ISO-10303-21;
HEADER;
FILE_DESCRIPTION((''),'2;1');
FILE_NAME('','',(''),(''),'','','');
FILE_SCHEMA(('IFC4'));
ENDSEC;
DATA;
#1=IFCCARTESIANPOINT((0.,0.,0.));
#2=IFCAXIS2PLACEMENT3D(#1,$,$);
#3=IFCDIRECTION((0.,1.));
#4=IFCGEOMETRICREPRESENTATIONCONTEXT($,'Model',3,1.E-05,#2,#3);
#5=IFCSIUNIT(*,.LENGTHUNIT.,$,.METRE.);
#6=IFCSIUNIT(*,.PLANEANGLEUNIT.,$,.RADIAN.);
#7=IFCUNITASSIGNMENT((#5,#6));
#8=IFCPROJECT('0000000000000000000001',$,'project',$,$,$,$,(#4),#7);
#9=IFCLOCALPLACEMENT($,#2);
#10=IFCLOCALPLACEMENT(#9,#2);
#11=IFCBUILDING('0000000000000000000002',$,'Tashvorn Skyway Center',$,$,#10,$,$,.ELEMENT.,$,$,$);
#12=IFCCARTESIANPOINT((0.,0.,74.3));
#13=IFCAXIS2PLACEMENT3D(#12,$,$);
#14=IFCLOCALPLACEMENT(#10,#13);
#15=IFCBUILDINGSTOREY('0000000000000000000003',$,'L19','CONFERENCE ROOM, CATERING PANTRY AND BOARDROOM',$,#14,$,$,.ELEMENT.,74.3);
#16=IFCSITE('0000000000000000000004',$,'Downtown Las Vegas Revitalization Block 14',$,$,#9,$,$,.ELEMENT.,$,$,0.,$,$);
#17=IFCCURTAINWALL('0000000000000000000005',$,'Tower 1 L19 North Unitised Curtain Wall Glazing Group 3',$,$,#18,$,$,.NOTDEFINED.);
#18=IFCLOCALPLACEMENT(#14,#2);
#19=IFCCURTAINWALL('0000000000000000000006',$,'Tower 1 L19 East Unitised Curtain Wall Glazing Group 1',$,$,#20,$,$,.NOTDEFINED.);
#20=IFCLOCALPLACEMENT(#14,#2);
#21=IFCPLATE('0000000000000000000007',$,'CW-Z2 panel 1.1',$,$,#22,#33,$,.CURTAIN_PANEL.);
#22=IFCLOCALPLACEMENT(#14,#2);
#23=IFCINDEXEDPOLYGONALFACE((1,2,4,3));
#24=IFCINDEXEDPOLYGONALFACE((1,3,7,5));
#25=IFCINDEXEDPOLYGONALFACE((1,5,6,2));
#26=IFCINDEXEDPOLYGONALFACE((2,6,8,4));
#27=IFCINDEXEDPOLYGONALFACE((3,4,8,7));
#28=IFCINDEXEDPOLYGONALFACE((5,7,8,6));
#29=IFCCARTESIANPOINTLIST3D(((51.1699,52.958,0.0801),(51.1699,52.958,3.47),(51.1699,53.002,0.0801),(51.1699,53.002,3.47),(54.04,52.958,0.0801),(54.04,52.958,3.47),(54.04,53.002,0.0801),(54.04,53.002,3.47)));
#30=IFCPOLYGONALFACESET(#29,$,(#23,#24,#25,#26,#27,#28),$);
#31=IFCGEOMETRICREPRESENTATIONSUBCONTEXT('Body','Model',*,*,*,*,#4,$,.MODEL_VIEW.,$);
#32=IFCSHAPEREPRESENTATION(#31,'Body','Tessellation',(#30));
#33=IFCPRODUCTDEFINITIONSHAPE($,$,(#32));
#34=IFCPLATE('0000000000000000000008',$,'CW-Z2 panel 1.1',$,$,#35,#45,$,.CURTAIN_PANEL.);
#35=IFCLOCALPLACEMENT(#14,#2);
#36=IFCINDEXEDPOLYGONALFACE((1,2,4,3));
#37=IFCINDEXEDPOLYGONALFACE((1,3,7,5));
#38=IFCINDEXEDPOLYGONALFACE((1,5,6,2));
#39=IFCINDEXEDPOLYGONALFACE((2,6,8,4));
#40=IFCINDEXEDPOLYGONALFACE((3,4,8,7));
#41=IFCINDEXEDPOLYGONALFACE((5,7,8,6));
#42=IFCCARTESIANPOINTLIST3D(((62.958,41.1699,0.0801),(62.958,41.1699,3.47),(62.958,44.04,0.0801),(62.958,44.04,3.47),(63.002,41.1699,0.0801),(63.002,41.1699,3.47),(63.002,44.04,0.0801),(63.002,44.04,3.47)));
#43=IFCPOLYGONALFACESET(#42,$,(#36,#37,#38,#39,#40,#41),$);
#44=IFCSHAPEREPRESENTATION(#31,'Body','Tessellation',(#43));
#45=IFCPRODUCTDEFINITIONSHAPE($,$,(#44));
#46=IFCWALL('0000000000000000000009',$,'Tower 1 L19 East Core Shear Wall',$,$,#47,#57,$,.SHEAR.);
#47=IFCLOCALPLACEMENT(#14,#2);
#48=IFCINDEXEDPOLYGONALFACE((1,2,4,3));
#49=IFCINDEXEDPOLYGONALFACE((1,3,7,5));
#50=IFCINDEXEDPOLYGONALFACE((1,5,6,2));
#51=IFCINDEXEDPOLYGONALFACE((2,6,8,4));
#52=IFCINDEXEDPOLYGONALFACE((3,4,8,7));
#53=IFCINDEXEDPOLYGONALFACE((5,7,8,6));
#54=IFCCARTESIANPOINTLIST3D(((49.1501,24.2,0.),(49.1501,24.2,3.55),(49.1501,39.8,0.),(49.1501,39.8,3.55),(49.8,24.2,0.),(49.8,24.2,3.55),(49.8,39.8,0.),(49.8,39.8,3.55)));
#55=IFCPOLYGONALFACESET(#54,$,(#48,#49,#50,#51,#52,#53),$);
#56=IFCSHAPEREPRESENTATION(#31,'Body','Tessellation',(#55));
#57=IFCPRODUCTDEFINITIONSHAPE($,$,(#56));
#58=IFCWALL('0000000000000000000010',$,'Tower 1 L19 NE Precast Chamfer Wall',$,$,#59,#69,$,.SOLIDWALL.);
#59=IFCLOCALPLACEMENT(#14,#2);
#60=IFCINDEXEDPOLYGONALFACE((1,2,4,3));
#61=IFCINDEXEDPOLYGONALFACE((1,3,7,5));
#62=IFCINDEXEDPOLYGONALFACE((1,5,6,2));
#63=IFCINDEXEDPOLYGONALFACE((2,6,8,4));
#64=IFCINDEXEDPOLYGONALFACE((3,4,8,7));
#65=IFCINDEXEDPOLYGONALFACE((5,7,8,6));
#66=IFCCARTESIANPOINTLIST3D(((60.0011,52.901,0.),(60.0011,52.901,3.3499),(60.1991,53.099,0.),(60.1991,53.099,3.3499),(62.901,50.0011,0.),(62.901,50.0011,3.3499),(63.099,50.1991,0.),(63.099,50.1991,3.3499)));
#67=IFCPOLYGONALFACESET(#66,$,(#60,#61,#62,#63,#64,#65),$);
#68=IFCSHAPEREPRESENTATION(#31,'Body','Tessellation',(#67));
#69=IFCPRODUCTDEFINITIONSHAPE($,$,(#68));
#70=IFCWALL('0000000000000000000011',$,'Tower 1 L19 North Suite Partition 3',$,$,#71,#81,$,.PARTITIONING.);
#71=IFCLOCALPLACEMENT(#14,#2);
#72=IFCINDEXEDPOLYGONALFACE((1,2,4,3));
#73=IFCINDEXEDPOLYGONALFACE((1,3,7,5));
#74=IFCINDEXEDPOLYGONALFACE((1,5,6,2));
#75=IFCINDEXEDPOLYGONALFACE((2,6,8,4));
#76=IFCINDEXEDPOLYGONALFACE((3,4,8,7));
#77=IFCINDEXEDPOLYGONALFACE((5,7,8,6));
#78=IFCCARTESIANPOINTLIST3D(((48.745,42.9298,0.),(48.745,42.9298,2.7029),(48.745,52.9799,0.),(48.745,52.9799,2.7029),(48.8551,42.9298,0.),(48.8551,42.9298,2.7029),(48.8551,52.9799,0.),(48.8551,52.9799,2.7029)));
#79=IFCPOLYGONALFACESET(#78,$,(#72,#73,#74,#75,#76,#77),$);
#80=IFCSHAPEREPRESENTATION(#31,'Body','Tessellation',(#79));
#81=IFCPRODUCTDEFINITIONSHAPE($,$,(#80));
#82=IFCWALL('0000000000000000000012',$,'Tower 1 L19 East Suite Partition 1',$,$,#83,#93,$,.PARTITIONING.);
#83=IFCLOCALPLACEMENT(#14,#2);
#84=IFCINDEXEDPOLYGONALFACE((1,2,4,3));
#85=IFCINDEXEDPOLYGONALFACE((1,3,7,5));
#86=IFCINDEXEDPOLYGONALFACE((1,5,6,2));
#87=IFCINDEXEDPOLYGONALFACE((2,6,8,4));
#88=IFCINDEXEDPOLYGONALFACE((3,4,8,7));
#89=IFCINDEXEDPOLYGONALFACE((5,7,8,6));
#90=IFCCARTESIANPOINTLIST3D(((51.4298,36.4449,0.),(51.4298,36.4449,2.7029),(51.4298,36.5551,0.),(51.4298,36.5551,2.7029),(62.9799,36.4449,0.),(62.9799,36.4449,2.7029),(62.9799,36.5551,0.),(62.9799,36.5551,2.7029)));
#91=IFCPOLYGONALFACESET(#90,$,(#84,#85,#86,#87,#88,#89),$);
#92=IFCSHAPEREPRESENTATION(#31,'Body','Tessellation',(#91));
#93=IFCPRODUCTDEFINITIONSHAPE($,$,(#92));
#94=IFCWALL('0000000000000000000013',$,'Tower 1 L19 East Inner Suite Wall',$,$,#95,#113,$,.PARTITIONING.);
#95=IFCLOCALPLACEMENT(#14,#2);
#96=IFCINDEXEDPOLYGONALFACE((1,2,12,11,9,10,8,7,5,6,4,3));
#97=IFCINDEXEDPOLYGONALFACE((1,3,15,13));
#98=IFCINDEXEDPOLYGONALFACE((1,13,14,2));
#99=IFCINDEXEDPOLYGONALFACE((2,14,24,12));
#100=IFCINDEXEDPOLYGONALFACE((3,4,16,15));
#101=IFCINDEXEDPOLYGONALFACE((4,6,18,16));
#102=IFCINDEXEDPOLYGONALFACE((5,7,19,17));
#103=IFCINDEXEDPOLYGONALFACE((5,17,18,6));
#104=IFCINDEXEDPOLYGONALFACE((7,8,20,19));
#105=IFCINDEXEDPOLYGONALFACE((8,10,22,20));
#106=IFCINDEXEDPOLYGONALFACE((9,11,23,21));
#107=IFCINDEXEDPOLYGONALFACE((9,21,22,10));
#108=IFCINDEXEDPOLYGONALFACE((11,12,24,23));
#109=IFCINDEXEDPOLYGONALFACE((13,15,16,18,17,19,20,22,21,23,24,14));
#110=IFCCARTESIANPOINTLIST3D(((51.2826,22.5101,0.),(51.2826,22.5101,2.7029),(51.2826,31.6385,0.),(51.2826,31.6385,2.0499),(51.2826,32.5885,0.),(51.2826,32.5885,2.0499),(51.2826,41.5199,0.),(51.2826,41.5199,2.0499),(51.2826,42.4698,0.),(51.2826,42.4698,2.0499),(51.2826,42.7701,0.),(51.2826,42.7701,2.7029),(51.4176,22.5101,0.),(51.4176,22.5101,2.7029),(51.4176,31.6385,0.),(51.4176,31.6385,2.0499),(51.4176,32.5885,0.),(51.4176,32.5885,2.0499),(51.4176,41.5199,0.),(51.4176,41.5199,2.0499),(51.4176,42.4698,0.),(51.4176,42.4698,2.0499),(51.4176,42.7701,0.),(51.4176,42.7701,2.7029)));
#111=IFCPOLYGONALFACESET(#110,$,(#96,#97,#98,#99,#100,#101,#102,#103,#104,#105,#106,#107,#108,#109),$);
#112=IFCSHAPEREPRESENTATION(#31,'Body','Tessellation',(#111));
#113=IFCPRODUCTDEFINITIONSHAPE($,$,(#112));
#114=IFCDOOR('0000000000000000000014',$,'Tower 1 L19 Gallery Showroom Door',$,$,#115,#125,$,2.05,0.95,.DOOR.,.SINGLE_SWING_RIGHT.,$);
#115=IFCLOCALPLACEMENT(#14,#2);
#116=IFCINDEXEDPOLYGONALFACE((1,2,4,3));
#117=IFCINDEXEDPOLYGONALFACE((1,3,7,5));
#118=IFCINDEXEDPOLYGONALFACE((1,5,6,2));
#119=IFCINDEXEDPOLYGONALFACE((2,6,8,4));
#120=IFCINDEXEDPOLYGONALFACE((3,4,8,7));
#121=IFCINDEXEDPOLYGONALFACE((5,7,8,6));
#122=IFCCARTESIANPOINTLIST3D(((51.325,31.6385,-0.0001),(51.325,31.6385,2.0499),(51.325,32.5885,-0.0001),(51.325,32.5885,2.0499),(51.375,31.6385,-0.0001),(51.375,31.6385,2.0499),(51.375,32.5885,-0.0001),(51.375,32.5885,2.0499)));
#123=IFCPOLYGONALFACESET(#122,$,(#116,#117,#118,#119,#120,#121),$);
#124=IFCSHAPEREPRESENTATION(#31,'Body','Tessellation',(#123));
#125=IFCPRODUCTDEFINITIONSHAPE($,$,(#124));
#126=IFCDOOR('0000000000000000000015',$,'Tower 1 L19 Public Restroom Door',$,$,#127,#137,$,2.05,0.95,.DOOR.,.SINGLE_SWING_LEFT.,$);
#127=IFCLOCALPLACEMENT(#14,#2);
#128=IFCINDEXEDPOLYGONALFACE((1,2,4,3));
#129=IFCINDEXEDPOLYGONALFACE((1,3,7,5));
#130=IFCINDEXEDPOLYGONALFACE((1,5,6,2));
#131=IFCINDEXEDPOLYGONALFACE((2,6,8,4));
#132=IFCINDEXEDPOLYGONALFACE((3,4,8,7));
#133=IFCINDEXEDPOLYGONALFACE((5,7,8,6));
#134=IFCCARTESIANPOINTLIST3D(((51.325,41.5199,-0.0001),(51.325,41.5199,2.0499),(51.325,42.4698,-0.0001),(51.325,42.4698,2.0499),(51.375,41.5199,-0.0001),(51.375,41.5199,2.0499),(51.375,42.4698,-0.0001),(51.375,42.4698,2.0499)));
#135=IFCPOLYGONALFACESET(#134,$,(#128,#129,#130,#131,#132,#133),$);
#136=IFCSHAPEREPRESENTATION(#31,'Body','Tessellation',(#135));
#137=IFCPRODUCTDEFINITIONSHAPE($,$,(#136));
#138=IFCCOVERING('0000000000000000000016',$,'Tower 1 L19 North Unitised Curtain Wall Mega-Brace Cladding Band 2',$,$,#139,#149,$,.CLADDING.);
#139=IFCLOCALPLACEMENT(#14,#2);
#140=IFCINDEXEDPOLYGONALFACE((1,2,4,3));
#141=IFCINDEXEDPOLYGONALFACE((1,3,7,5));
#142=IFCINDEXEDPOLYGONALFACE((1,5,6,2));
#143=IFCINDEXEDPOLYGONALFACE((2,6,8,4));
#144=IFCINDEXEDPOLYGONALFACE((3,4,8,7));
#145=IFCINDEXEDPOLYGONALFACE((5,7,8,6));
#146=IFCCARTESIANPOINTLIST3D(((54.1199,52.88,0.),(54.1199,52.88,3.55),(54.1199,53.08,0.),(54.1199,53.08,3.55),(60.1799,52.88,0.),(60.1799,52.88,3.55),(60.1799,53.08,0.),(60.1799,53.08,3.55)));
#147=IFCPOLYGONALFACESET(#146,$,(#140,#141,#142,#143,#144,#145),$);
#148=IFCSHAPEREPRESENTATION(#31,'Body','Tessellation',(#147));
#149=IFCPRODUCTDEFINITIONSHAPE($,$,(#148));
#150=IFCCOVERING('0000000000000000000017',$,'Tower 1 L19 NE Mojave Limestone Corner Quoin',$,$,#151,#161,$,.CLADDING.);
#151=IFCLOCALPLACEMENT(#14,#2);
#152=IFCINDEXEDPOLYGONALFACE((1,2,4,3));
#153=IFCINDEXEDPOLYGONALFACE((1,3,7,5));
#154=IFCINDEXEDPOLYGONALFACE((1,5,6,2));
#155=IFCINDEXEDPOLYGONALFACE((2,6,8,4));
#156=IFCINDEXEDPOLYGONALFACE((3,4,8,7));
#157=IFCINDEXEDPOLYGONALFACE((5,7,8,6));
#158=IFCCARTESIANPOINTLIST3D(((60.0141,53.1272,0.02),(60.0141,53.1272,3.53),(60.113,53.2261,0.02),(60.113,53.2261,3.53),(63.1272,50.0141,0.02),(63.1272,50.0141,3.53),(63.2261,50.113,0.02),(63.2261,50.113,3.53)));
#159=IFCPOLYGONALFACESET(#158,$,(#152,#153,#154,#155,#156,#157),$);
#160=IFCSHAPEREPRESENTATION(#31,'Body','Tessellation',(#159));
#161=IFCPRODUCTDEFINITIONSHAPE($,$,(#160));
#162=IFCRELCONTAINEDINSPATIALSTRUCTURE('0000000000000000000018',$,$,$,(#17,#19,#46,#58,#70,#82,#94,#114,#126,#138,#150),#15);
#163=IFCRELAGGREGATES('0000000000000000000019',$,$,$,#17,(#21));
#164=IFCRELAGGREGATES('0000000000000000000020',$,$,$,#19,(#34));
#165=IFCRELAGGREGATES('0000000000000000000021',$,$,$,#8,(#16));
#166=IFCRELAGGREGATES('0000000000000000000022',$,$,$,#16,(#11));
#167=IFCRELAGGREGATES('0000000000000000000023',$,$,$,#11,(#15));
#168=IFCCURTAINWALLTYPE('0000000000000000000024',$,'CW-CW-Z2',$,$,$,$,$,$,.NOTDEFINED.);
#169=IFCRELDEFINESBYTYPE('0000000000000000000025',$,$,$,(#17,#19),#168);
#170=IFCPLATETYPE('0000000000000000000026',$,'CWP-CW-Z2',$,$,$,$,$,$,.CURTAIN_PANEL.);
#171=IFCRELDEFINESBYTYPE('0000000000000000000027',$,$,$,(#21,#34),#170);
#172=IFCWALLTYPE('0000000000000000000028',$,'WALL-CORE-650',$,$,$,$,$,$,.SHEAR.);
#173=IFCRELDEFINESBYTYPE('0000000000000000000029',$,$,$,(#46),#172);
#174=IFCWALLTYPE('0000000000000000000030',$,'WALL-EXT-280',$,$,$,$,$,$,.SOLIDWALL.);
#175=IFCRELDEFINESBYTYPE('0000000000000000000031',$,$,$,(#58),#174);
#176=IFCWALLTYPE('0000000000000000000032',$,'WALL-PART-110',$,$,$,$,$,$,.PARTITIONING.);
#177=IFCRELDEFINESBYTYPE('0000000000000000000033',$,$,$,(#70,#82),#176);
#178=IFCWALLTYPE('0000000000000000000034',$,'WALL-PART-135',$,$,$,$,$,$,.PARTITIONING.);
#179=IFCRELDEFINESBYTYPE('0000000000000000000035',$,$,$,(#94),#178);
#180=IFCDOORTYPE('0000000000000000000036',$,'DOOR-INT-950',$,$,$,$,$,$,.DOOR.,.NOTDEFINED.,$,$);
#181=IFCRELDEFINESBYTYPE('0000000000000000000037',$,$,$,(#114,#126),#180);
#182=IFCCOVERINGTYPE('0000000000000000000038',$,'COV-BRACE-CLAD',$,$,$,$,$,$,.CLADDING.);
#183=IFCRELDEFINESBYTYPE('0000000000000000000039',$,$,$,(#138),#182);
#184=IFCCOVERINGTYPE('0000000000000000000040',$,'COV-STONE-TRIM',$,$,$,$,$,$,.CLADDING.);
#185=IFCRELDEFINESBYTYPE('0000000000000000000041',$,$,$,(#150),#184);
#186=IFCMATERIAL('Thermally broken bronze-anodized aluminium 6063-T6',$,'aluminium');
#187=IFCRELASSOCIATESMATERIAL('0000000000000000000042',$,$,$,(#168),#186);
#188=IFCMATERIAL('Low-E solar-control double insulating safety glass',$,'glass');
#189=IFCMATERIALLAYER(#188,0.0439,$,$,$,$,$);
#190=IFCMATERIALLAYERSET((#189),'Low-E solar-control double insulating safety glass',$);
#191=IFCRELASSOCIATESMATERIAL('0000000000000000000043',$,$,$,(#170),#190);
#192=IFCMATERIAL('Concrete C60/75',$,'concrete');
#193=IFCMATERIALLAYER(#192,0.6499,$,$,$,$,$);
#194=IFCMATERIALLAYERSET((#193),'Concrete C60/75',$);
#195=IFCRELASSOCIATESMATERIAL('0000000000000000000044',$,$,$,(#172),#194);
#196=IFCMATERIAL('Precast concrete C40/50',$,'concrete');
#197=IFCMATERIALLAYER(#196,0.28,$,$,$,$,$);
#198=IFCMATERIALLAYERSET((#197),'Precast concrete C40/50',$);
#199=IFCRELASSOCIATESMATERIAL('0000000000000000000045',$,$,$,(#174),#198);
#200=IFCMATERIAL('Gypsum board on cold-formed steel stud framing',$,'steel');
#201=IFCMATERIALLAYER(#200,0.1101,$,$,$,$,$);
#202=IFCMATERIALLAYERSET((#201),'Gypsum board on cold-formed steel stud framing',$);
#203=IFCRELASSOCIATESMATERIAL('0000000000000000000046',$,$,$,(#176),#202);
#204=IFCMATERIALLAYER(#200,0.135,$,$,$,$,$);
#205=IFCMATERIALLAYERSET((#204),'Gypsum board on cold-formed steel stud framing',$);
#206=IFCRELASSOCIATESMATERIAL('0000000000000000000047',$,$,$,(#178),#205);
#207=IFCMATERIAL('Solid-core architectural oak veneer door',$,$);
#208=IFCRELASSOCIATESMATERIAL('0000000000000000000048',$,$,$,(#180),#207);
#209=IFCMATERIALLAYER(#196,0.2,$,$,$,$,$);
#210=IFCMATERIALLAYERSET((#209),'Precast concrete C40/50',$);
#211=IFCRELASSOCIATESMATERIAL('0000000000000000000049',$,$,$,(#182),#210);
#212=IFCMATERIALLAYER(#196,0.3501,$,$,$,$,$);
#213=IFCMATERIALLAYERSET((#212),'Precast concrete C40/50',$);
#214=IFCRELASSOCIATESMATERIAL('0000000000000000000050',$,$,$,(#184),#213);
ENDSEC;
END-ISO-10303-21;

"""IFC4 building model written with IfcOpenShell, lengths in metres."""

from ifc_helpers import new_model, si_unit, direction, frame, frame_2d, origin, origin_2d, place, context, subcontext, project, spatial, rectangle, extrude, material, layer, layer_set, type_object, element, fill, aggregate, save


model = new_model("IFC4")

# Units and contexts
model_context = context("Model", 3, precision=1e-05, world=origin(), true_north=direction((0.0, 1.0)))
body_context = subcontext(model_context, "Body", "Model", "MODEL_VIEW")
ifc_project = project(units=[si_unit("LENGTHUNIT", "METRE"), si_unit("PLANEANGLEUNIT", "RADIAN")], contexts=[model_context])

# Site, building, storey
site_placement = place(None, origin())
site = spatial("IfcSite", under=ifc_project, at=site_placement, Name="Downtown Las Vegas Revitalization Block 14", CompositionType="ELEMENT", RefElevation=0.0)
building_placement = place(site_placement, origin())
building = spatial("IfcBuilding", under=site, at=building_placement, Name="Tashvorn Skyway Center", CompositionType="ELEMENT")
storey_placement = place(building_placement, frame((0.0, 0.0, 74.3)))
storey = spatial("IfcBuildingStorey", under=building, at=storey_placement, Name="L19", Description="CONFERENCE ROOM, CATERING PANTRY AND BOARDROOM", CompositionType="ELEMENT", Elevation=74.3)

# Shared definitions
ifc_material_1 = material(Name="Thermally broken bronze-anodized aluminium 6063-T6", Category="aluminium")
curtain_wall_type = type_object("IfcCurtainWallType", Name="CW-CW-Z2", PredefinedType="NOTDEFINED", material=ifc_material_1)

# Curtain walls
curtain_wall_1_placement = place(storey_placement, origin())
curtain_wall_1 = element("IfcCurtainWall", 1, at=curtain_wall_1_placement, inside=storey, type_object=curtain_wall_type, Name="Tower 1 L19 North Unitised Curtain Wall Glazing Group 3", PredefinedType="NOTDEFINED")
curtain_wall_2_placement = place(storey_placement, origin())
curtain_wall_2 = element("IfcCurtainWall", 2, at=curtain_wall_2_placement, inside=storey, type_object=curtain_wall_type, Name="Tower 1 L19 East Unitised Curtain Wall Glazing Group 1", PredefinedType="NOTDEFINED")

# Plates
ifc_material_2 = material(Name="Low-E solar-control double insulating safety glass", Category="glass")
ifc_layer_1 = layer(ifc_material_2, 0.0439)
ifc_layer_set_1 = layer_set([ifc_layer_1], Name="Low-E solar-control double insulating safety glass")
plate_type = type_object("IfcPlateType", Name="CWP-CW-Z2", PredefinedType="CURTAIN_PANEL", material=ifc_layer_set_1)
plate_1_placement = place(storey_placement, frame((52.605, 52.98, 0.0801), z_axis=(0.0, 0.0, 1.0), x_axis=(1.0, 0.0, 0.0)))
plate_1 = element("IfcPlate", 3, at=plate_1_placement, type_object=plate_type, Name="CW-Z2 panel 1.1", PredefinedType="CURTAIN_PANEL", context=body_context, shape_type="SweptSolid", body=[
    extrude(rectangle(XDim=2.8701, YDim=0.0439, at=origin_2d()), origin(), (0.0, 0.0, 1.0), 3.3899),
])
aggregate(curtain_wall_1, [plate_1])
plate_2_placement = place(storey_placement, frame((62.98, 42.605, 0.0801), z_axis=(0.0, 0.0, 1.0), x_axis=(0.0, -1.0, 0.0)))
plate_2 = element("IfcPlate", 4, at=plate_2_placement, type_object=plate_type, Name="CW-Z2 panel 1.1", PredefinedType="CURTAIN_PANEL", context=body_context, shape_type="SweptSolid", body=[
    extrude(rectangle(XDim=2.8701, YDim=0.0439, at=origin_2d()), origin(), (0.0, 0.0, 1.0), 3.3899),
])
aggregate(curtain_wall_2, [plate_2])

# Walls
ifc_material_3 = material(Name="Concrete C60/75", Category="concrete")
ifc_layer_2 = layer(ifc_material_3, 0.6499)
ifc_layer_set_2 = layer_set([ifc_layer_2], Name="Concrete C60/75")
wall_type_1 = type_object("IfcWallType", Name="WALL-CORE-650", PredefinedType="SHEAR", material=ifc_layer_set_2)
wall_1_placement = place(storey_placement, frame((49.4751, 39.8, 0.0), z_axis=(0.0, 0.0, 1.0), x_axis=(0.0, -1.0, 0.0)))
element("IfcWall", 5, at=wall_1_placement, inside=storey, type_object=wall_type_1, Name="Tower 1 L19 East Core Shear Wall", PredefinedType="SHEAR", context=body_context, shape_type="SweptSolid", body=[
    extrude(rectangle(XDim=15.6001, YDim=0.6499, at=frame_2d((7.8, 0.0))), origin(), (0.0, 0.0, 1.0), 3.55),
])
ifc_material_4 = material(Name="Precast concrete C40/50", Category="concrete")
ifc_layer_3 = layer(ifc_material_4, 0.28)
ifc_layer_set_3 = layer_set([ifc_layer_3], Name="Precast concrete C40/50")
wall_type_2 = type_object("IfcWallType", Name="WALL-EXT-280", PredefinedType="SOLIDWALL", material=ifc_layer_set_3)
wall_2_placement = place(storey_placement, frame((60.1001, 53.0, 0.0), z_axis=(0.0, 0.0, 1.0), x_axis=(0.707107, -0.707107, 0.0)))
element("IfcWall", 6, at=wall_2_placement, inside=storey, type_object=wall_type_2, Name="Tower 1 L19 NE Precast Chamfer Wall", PredefinedType="SOLIDWALL", context=body_context, shape_type="SweptSolid", body=[
    extrude(rectangle(XDim=4.1011, YDim=0.28, at=frame_2d((2.0505, 0.0))), origin(), (0.0, 0.0, 1.0), 3.3499),
])
ifc_material_5 = material(Name="Gypsum board on cold-formed steel stud framing", Category="steel")
ifc_layer_4 = layer(ifc_material_5, 0.1101)
ifc_layer_set_4 = layer_set([ifc_layer_4], Name="Gypsum board on cold-formed steel stud framing")
wall_type_3 = type_object("IfcWallType", Name="WALL-PART-110", PredefinedType="PARTITIONING", material=ifc_layer_set_4)
wall_3_placement = place(storey_placement, frame((48.8, 42.9299, 0.0), z_axis=(0.0, 0.0, 1.0), x_axis=(0.0, 1.0, 0.0)))
element("IfcWall", 7, at=wall_3_placement, inside=storey, type_object=wall_type_3, Name="Tower 1 L19 North Suite Partition 3", PredefinedType="PARTITIONING", context=body_context, shape_type="SweptSolid", body=[
    extrude(rectangle(XDim=10.05, YDim=0.1101, at=frame_2d((5.0249, 0.0))), origin(), (0.0, 0.0, 1.0), 2.7029),
])
wall_4_placement = place(storey_placement, frame((51.4299, 36.5, 0.0), z_axis=(0.0, 0.0, 1.0), x_axis=(1.0, 0.0, 0.0)))
element("IfcWall", 8, at=wall_4_placement, inside=storey, type_object=wall_type_3, Name="Tower 1 L19 East Suite Partition 1", PredefinedType="PARTITIONING", context=body_context, shape_type="SweptSolid", body=[
    extrude(rectangle(XDim=11.55, YDim=0.1101, at=frame_2d((5.7749, 0.0))), origin(), (0.0, 0.0, 1.0), 2.7029),
])

# Wall, openings, doors
ifc_layer_5 = layer(ifc_material_5, 0.135)
ifc_layer_set_5 = layer_set([ifc_layer_5], Name="Gypsum board on cold-formed steel stud framing")
wall_type_4 = type_object("IfcWallType", Name="WALL-PART-135", PredefinedType="PARTITIONING", material=ifc_layer_set_5)
wall_5_placement = place(storey_placement, frame((51.3501, 42.77, 0.0), z_axis=(0.0, 0.0, 1.0), x_axis=(0.0, -1.0, 0.0)))
wall_5 = element("IfcWall", 9, at=wall_5_placement, inside=storey, type_object=wall_type_4, Name="Tower 1 L19 East Inner Suite Wall", PredefinedType="PARTITIONING", context=body_context, shape_type="SweptSolid", body=[
    extrude(rectangle(XDim=20.26, YDim=0.135, at=frame_2d((10.1299, 0.0))), origin(), (0.0, 0.0, 1.0), 2.7029),
])
opening_1_placement = place(wall_5_placement, frame((10.1814, 0.0, 0.0)))
opening_1 = element("IfcOpeningElement", 10, at=opening_1_placement, cuts=wall_5, PredefinedType="OPENING", context=body_context, shape_type="SweptSolid", body=[
    extrude(rectangle(XDim=0.95, YDim=2.05, at=frame_2d((0.4751, 1.0249))), frame((0.0, 0.0774, 0.0), z_axis=(0.0, -1.0, 0.0), x_axis=(1.0, 0.0, 0.0)), (0.0, 0.0, 1.0), 0.155),
])
opening_2_placement = place(wall_5_placement, frame((0.3, 0.0, 0.0)))
opening_2 = element("IfcOpeningElement", 11, at=opening_2_placement, cuts=wall_5, PredefinedType="OPENING", context=body_context, shape_type="SweptSolid", body=[
    extrude(rectangle(XDim=0.95, YDim=2.05, at=frame_2d((0.4751, 1.0249))), frame((0.0, 0.0774, 0.0), z_axis=(0.0, -1.0, 0.0), x_axis=(1.0, 0.0, 0.0)), (0.0, 0.0, 1.0), 0.155),
])
ifc_material_6 = material(Name="Solid-core architectural oak veneer door")
door_type = type_object("IfcDoorType", Name="DOOR-INT-950", OperationType="NOTDEFINED", PredefinedType="DOOR", material=ifc_material_6)
door_1_placement = place(opening_1_placement, origin())
door_1 = element("IfcDoor", 12, at=door_1_placement, inside=storey, type_object=door_type, Name="Tower 1 L19 Gallery Showroom Door", OperationType="SINGLE_SWING_RIGHT", OverallHeight=2.05, OverallWidth=0.95, PredefinedType="DOOR", context=body_context, shape_type="SweptSolid", body=[
    extrude(rectangle(XDim=0.95, YDim=2.05, at=frame_2d((0.4751, 1.0249))), frame((0.0, 0.0249, 0.0), z_axis=(0.0, -1.0, 0.0), x_axis=(1.0, 0.0, 0.0)), (0.0, 0.0, 1.0), 0.05),
])
fill(opening_1, door_1)
door_2_placement = place(opening_2_placement, origin())
door_2 = element("IfcDoor", 13, at=door_2_placement, inside=storey, type_object=door_type, Name="Tower 1 L19 Public Restroom Door", OperationType="SINGLE_SWING_LEFT", OverallHeight=2.05, OverallWidth=0.95, PredefinedType="DOOR", context=body_context, shape_type="SweptSolid", body=[
    extrude(rectangle(XDim=0.95, YDim=2.05, at=frame_2d((0.4751, 1.0249))), frame((0.0, 0.0249, 0.0), z_axis=(0.0, -1.0, 0.0), x_axis=(1.0, 0.0, 0.0)), (0.0, 0.0, 1.0), 0.05),
])
fill(opening_2, door_2)

# Coverings
ifc_layer_6 = layer(ifc_material_4, 0.2)
ifc_layer_set_6 = layer_set([ifc_layer_6], Name="Precast concrete C40/50")
covering_type_1 = type_object("IfcCoveringType", Name="COV-BRACE-CLAD", PredefinedType="CLADDING", material=ifc_layer_set_6)
covering_1_placement = place(storey_placement, frame((57.1499, 52.98, 0.0), z_axis=(0.0, 0.0, 1.0), x_axis=(1.0, 0.0, 0.0)))
element("IfcCovering", 14, at=covering_1_placement, inside=storey, type_object=covering_type_1, Name="Tower 1 L19 North Unitised Curtain Wall Mega-Brace Cladding Band 2", PredefinedType="CLADDING", context=body_context, shape_type="SweptSolid", body=[
    extrude(rectangle(XDim=6.0601, YDim=0.2, at=origin_2d()), origin(), (0.0, 0.0, 1.0), 3.55),
])
ifc_layer_7 = layer(ifc_material_4, 0.3501)
ifc_layer_set_7 = layer_set([ifc_layer_7], Name="Precast concrete C40/50")
covering_type_2 = type_object("IfcCoveringType", Name="COV-STONE-TRIM", PredefinedType="CLADDING", material=ifc_layer_set_7)
covering_2_placement = place(storey_placement, frame((61.6201, 51.6201, 0.02), z_axis=(0.0, 0.0, 1.0), x_axis=(0.707107, -0.707107, 0.0)))
element("IfcCovering", 15, at=covering_2_placement, inside=storey, type_object=covering_type_2, Name="Tower 1 L19 NE Mojave Limestone Corner Quoin", PredefinedType="CLADDING", context=body_context, shape_type="SweptSolid", body=[
    extrude(rectangle(XDim=4.4026, YDim=0.1399, at=origin_2d()), origin(), (0.0, 0.0, 1.0), 3.51),
])

save(model, "model.ifc")
